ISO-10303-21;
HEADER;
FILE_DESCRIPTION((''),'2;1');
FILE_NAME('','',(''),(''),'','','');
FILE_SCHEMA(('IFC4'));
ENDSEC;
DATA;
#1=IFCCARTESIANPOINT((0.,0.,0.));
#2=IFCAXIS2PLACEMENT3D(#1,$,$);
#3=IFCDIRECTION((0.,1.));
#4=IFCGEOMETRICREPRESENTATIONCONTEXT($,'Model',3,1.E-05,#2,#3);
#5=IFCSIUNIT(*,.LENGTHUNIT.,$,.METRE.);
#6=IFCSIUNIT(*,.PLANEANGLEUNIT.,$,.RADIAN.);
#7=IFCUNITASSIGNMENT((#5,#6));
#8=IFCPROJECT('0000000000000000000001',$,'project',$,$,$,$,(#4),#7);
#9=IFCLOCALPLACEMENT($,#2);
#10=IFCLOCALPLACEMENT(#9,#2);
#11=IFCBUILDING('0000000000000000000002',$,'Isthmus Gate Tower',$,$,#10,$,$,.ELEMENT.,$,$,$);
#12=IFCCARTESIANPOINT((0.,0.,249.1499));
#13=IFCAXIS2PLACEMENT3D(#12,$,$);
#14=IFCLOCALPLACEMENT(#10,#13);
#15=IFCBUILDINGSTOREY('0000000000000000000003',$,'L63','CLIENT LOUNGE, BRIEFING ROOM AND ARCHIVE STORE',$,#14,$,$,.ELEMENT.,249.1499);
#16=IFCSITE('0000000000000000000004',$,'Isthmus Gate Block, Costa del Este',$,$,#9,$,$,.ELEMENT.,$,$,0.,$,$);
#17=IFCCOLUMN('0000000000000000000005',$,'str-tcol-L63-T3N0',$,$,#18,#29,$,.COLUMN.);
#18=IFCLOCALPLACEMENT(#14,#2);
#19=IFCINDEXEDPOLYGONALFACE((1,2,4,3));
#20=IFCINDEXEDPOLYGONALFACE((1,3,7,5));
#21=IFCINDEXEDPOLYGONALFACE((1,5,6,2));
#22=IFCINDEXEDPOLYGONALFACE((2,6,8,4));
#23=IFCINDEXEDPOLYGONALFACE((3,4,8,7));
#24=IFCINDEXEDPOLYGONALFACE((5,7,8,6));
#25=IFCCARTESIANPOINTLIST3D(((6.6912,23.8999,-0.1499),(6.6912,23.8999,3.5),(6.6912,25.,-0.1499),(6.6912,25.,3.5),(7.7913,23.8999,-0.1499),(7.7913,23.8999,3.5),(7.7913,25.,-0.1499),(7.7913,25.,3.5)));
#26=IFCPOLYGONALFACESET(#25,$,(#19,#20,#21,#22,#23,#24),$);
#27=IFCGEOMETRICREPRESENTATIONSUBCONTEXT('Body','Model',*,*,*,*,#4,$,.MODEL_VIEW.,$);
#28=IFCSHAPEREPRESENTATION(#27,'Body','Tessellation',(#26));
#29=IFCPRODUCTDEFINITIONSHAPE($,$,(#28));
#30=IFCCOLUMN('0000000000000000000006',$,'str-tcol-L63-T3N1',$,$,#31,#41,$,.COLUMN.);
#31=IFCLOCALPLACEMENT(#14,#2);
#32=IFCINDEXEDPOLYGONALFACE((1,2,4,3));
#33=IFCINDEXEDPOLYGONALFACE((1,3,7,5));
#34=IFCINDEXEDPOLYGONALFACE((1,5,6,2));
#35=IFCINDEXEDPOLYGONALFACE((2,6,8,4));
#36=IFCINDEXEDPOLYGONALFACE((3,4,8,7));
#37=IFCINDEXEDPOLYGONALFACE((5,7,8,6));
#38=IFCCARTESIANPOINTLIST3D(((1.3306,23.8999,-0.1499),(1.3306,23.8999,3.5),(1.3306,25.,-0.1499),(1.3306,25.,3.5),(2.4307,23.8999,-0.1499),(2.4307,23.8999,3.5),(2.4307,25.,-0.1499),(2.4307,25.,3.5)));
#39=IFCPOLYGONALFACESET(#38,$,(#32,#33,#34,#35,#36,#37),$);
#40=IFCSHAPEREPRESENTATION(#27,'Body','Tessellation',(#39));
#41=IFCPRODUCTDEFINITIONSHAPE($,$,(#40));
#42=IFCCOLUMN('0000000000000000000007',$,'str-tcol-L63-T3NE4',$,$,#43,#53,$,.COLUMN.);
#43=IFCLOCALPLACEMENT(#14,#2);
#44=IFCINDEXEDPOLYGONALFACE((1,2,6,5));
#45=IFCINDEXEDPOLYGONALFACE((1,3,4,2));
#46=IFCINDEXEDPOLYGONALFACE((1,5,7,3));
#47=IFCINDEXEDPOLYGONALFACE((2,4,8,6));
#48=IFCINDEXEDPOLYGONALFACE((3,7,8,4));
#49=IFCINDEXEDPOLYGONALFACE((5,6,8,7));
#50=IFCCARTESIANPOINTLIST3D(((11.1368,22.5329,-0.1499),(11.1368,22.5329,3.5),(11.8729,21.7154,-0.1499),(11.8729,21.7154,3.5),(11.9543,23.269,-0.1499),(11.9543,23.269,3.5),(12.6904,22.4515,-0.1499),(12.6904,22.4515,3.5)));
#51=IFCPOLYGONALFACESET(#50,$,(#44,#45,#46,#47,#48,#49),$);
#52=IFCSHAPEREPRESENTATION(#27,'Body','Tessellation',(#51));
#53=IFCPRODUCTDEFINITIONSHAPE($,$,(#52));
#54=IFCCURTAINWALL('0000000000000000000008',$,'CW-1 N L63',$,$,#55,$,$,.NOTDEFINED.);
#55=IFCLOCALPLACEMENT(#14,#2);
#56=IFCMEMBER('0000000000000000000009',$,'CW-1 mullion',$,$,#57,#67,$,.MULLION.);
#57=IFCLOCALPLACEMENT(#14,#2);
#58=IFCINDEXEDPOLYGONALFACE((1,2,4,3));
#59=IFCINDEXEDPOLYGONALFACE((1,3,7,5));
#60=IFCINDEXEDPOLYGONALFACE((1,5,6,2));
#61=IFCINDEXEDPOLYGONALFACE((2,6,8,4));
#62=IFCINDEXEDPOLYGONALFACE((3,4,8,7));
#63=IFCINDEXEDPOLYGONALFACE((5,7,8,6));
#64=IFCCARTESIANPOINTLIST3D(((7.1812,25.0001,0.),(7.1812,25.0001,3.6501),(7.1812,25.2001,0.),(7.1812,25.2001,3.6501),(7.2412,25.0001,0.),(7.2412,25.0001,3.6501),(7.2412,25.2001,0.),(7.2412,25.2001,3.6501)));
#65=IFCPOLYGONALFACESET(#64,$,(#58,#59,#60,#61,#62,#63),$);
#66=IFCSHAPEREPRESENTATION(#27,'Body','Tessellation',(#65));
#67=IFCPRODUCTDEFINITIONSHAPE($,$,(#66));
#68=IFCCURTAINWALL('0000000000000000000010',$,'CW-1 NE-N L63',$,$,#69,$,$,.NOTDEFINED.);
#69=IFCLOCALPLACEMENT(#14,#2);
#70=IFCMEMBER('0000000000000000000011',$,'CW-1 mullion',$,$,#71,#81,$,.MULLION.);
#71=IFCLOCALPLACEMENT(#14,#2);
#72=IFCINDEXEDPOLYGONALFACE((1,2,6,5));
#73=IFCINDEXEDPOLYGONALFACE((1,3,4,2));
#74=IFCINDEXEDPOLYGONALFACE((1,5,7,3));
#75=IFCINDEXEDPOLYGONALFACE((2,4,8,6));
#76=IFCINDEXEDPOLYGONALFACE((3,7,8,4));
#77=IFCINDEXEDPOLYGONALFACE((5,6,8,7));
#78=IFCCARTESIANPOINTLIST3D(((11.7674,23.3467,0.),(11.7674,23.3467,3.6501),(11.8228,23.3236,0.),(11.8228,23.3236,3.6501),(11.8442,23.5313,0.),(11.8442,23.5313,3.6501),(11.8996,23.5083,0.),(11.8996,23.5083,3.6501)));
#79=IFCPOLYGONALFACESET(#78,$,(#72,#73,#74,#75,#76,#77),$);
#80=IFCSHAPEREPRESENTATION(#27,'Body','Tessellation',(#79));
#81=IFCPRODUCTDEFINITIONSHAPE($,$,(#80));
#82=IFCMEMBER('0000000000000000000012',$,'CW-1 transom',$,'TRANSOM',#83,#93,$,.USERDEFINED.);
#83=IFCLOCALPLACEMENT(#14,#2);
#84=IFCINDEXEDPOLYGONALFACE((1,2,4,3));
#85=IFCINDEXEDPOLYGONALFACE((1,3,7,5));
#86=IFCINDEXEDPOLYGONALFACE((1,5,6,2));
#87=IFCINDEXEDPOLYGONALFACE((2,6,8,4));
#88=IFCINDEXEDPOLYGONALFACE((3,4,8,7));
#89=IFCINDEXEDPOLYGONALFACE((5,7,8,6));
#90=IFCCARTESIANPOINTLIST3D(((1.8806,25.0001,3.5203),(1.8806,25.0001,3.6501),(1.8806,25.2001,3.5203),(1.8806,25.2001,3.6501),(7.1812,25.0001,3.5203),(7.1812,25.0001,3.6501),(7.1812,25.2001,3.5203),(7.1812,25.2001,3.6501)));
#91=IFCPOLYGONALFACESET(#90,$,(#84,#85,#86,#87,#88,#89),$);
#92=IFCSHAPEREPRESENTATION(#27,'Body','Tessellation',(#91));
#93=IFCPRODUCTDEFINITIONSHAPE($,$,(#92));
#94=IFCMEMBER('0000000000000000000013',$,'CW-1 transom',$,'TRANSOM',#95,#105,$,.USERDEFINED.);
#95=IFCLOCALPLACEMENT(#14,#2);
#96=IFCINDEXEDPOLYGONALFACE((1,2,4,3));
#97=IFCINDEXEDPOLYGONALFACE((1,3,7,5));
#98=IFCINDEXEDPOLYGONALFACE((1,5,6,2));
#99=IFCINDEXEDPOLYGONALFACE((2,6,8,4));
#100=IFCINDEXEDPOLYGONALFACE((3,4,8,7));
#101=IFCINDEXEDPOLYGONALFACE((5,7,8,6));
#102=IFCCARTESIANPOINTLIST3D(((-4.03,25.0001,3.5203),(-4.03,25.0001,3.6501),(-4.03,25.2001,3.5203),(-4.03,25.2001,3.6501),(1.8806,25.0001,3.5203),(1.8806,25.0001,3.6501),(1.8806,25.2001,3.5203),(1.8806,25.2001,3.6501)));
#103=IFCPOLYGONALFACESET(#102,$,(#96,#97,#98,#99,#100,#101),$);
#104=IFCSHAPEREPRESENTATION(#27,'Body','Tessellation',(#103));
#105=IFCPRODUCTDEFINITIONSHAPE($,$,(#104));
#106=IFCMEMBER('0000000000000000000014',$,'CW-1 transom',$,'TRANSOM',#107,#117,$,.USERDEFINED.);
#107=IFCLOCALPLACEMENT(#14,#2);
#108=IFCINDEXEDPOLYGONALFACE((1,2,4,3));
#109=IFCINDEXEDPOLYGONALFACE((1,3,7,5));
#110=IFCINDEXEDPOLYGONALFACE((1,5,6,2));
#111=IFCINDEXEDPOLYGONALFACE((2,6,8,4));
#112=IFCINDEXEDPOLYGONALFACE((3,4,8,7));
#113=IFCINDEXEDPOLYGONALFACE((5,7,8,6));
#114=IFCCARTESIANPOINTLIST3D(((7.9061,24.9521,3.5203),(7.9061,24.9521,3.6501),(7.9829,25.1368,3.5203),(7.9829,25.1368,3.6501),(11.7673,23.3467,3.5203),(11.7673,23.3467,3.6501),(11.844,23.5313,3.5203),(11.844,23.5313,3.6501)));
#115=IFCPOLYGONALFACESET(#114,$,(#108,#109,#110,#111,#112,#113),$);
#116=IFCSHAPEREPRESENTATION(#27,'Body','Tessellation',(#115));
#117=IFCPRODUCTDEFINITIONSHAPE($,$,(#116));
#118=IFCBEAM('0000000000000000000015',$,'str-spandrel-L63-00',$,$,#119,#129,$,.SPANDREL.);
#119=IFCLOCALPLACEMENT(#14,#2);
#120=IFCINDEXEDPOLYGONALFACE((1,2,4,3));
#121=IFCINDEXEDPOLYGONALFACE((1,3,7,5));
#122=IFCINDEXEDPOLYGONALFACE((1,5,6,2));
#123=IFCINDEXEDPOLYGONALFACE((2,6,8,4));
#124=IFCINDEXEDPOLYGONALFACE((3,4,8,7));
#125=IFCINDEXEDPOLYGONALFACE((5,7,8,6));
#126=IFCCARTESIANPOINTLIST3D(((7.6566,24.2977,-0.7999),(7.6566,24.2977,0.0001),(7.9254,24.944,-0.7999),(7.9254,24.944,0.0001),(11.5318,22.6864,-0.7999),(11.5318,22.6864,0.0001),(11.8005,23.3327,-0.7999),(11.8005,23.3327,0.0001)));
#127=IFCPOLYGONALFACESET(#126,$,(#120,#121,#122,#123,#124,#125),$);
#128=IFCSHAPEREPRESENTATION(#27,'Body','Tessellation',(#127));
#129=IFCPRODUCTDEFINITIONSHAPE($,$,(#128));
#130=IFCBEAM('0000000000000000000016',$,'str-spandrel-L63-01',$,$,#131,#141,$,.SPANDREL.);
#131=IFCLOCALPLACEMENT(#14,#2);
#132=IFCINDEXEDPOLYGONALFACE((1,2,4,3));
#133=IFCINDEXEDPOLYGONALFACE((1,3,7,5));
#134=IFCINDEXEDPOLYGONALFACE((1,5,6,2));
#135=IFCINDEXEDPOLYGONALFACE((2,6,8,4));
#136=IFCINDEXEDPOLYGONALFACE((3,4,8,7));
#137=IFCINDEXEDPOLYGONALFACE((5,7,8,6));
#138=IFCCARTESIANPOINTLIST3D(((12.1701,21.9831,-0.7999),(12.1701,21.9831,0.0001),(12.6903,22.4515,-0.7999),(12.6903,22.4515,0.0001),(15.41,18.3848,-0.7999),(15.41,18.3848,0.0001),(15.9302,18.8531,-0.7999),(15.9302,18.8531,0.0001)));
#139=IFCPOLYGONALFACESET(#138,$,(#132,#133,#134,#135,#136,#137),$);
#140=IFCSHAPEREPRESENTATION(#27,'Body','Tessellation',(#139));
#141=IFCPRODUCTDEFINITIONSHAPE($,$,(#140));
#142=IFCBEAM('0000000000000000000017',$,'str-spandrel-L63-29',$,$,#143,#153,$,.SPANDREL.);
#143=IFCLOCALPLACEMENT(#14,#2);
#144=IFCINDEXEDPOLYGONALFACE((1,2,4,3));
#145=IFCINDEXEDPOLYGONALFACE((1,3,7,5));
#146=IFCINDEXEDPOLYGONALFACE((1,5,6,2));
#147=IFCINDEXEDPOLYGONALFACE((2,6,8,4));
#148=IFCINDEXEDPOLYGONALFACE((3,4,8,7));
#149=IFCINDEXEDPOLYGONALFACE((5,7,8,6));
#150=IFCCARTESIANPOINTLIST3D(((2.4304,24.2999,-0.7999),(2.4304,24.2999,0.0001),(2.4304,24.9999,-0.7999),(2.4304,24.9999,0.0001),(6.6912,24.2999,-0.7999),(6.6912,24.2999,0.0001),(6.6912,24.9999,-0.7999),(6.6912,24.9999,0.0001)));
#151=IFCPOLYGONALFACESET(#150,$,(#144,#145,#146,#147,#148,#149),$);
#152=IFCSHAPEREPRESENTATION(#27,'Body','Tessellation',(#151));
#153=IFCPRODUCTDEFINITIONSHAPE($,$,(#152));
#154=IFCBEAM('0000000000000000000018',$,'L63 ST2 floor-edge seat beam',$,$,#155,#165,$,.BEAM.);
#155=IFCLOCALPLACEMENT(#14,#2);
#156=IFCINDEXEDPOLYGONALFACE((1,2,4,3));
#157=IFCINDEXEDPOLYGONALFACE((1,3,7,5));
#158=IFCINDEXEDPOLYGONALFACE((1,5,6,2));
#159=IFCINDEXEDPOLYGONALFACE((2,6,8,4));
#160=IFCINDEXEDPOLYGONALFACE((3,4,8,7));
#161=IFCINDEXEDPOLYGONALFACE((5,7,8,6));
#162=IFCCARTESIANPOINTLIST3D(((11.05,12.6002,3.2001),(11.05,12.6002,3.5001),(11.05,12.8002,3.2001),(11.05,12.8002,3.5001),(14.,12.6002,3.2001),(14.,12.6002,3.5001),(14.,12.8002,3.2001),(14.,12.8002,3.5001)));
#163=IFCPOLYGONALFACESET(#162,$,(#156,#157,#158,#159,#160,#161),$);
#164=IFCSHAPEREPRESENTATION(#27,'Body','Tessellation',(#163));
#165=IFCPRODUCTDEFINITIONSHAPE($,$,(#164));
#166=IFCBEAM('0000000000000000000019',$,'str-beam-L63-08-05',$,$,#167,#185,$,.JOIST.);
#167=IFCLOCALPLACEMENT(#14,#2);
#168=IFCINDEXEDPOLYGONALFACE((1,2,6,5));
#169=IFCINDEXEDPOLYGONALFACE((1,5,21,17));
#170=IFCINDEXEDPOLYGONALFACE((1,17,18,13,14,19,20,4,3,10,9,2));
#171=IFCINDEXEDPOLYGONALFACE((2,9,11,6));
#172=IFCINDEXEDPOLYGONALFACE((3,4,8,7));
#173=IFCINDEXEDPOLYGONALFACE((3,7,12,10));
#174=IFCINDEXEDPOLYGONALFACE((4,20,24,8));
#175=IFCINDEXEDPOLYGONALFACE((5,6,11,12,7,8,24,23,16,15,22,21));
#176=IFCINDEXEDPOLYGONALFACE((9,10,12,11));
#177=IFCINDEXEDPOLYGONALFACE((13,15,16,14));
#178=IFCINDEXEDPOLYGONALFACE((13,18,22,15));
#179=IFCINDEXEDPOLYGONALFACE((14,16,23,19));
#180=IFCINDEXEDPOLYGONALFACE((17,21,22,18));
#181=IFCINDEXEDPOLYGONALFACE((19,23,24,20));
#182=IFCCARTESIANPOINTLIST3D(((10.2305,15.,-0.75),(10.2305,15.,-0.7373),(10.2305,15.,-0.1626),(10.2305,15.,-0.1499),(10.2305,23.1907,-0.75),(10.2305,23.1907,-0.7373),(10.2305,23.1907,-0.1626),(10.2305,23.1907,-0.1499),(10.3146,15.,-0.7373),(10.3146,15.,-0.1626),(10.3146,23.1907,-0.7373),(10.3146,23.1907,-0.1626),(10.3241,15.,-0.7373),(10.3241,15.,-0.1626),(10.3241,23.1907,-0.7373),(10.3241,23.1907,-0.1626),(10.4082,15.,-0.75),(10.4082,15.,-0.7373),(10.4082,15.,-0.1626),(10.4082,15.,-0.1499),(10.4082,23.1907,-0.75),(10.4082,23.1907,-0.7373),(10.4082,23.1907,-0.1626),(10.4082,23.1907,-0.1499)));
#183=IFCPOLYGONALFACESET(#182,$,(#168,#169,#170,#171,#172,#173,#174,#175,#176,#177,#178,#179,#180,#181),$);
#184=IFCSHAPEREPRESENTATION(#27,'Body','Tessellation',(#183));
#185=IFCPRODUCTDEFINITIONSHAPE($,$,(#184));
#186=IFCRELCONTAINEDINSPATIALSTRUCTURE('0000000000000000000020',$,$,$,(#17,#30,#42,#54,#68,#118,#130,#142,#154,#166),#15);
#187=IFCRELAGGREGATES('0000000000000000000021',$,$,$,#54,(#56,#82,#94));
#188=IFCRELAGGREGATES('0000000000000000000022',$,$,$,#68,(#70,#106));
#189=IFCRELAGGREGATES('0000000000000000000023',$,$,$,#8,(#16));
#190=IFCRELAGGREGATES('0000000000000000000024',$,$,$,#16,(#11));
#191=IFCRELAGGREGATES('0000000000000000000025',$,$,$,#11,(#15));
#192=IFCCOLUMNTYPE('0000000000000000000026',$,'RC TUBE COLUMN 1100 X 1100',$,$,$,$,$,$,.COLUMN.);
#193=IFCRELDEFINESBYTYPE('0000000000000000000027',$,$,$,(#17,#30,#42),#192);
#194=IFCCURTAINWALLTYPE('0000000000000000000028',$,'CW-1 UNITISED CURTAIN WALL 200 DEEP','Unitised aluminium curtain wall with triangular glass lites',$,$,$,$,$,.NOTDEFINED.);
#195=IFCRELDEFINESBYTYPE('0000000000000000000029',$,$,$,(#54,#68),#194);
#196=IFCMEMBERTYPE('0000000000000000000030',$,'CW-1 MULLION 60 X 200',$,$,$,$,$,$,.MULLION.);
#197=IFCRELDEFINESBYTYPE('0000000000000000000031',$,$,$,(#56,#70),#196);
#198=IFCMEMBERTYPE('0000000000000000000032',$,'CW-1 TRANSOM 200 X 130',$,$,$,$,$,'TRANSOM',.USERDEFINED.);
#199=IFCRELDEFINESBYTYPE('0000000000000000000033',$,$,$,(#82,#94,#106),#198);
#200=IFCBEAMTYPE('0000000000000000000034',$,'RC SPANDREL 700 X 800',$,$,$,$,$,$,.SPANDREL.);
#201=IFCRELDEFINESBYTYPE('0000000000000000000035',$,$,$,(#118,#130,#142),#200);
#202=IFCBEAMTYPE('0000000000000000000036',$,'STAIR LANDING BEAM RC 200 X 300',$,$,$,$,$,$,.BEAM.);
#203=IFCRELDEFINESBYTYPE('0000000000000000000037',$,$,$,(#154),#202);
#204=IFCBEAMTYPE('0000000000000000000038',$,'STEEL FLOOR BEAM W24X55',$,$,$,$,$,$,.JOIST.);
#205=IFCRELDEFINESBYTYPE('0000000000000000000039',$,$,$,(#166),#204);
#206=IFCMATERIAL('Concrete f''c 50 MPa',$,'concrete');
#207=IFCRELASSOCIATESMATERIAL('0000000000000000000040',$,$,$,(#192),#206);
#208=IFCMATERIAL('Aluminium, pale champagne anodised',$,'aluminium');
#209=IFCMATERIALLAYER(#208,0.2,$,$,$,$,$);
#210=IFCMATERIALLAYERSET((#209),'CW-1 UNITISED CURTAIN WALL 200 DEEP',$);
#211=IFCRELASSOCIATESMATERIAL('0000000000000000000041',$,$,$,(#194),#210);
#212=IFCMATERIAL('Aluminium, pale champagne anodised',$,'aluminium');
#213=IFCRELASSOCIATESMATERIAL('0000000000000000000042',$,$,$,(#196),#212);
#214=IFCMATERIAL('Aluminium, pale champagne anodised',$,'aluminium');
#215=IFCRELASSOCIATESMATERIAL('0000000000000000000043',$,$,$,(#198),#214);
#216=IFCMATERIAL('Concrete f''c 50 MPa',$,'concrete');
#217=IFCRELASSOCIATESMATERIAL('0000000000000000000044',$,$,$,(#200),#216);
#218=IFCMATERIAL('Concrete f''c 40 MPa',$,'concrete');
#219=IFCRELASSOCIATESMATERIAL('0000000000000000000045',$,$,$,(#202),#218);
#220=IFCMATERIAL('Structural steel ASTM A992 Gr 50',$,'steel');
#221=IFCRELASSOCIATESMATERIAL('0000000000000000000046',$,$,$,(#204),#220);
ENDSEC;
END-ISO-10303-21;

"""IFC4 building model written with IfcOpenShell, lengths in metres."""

from ifc_helpers import new_model, si_unit, direction, frame, origin, origin_2d, place, context, subcontext, project, spatial, rectangle, i_section, extrude, material, layer, layer_set, material_profile, profile_set, type_object, element, aggregate, save


model = new_model("IFC4")

# Units and contexts
model_context = context("Model", 3, precision=1e-05, world=origin(), true_north=direction((0.0, 1.0)))
body_context = subcontext(model_context, "Body", "Model", "MODEL_VIEW")
ifc_project = project(units=[si_unit("LENGTHUNIT", "METRE"), si_unit("PLANEANGLEUNIT", "RADIAN")], contexts=[model_context])

# Site, building, storey
site_placement = place(None, origin())
site = spatial("IfcSite", under=ifc_project, at=site_placement, Name="Isthmus Gate Block, Costa del Este", CompositionType="ELEMENT", RefElevation=0.0)
building_placement = place(site_placement, origin())
building = spatial("IfcBuilding", under=site, at=building_placement, Name="Isthmus Gate Tower", CompositionType="ELEMENT")
storey_placement = place(building_placement, frame((0.0, 0.0, 249.1499)))
storey = spatial("IfcBuildingStorey", under=building, at=storey_placement, Name="L63", Description="CLIENT LOUNGE, BRIEFING ROOM AND ARCHIVE STORE", CompositionType="ELEMENT", Elevation=249.1499)

# Columns
ifc_material_1 = material(Name="Concrete f'c 50 MPa", Category="concrete")
ifc_material_profile_1 = material_profile(ifc_material_1, rectangle(XDim=1.1001, YDim=1.1001, at=origin_2d()), Name="RC 1100X1100")
ifc_profile_set_1 = profile_set([ifc_material_profile_1], Name="Concrete f'c 50 MPa")
column_type = type_object("IfcColumnType", Name="RC TUBE COLUMN 1100 X 1100", PredefinedType="COLUMN", material=ifc_profile_set_1)
for number, where, z_axis, x_axis, name in (
    (1, (7.2412, 24.45, -0.1499), (0.0, 0.0, 1.0), (-1.0, 0.0, 0.0), "str-tcol-L63-T3N0"),
    (2, (1.8806, 24.45, -0.1499), (0.0, 0.0, 1.0), (-1.0, 0.0, 0.0), "str-tcol-L63-T3N1"),
    (3, (11.9136, 22.4922, -0.1499), (0.0, 0.0, 1.0), (-0.669131, 0.743145, 0.0), "str-tcol-L63-T3NE4"),
):
    element("IfcColumn", number, at=place(storey_placement, frame(where, z_axis=z_axis, x_axis=x_axis)), inside=storey, type_object=column_type, Name=name, PredefinedType="COLUMN", context=body_context, shape_type="SweptSolid", body=[
        extrude(rectangle(XDim=1.1001, YDim=1.1001, at=origin_2d()), origin(), (0.0, 0.0, 1.0), 3.6499),
    ])

# Curtain walls, members
ifc_material_2 = material(Name="Aluminium, pale champagne anodised", Category="aluminium")
ifc_layer_1 = layer(ifc_material_2, 0.2)
ifc_layer_set_1 = layer_set([ifc_layer_1], Name="CW-1 UNITISED CURTAIN WALL 200 DEEP")
curtain_wall_type = type_object("IfcCurtainWallType", Name="CW-1 UNITISED CURTAIN WALL 200 DEEP", Description="Unitised aluminium curtain wall with triangular glass lites", PredefinedType="NOTDEFINED", material=ifc_layer_set_1)
curtain_wall_1_placement = place(storey_placement, origin())
curtain_wall_1 = element("IfcCurtainWall", 4, at=curtain_wall_1_placement, inside=storey, type_object=curtain_wall_type, Name="CW-1 N L63", PredefinedType="NOTDEFINED")
ifc_material_3 = material(Name="Aluminium, pale champagne anodised", Category="aluminium")
ifc_material_profile_2 = material_profile(ifc_material_3, rectangle(XDim=0.0601, YDim=0.2, at=origin_2d()), Name="60x200")
ifc_profile_set_2 = profile_set([ifc_material_profile_2], Name="Aluminium, pale champagne anodised")
member_type_1 = type_object("IfcMemberType", Name="CW-1 MULLION 60 X 200", PredefinedType="MULLION", material=ifc_profile_set_2)
member_1_placement = place(storey_placement, frame((7.2112, 25.1001, 0.0), z_axis=(0.0, 0.0, 1.0), x_axis=(-1.0, 0.0, 0.0)))
member_1 = element("IfcMember", 5, at=member_1_placement, type_object=member_type_1, Name="CW-1 mullion", PredefinedType="MULLION", context=body_context, shape_type="SweptSolid", body=[
    extrude(rectangle(XDim=0.0601, YDim=0.2, at=origin_2d()), origin(), (0.0, 0.0, 1.0), 3.6501),
])
curtain_wall_2_placement = place(storey_placement, origin())
curtain_wall_2 = element("IfcCurtainWall", 6, at=curtain_wall_2_placement, inside=storey, type_object=curtain_wall_type, Name="CW-1 NE-N L63", PredefinedType="NOTDEFINED")
member_2_placement = place(storey_placement, frame((11.8335, 23.4275, 0.0), z_axis=(0.0, 0.0, 1.0), x_axis=(-0.923353, 0.383952, 0.0)))
member_2 = element("IfcMember", 7, at=member_2_placement, type_object=member_type_1, Name="CW-1 mullion", PredefinedType="MULLION", context=body_context, shape_type="SweptSolid", body=[
    extrude(rectangle(XDim=0.0601, YDim=0.2, at=origin_2d()), origin(), (0.0, 0.0, 1.0), 3.6501),
])

# Members
ifc_material_4 = material(Name="Aluminium, pale champagne anodised", Category="aluminium")
ifc_material_profile_3 = material_profile(ifc_material_4, rectangle(XDim=0.2, YDim=0.1299, at=origin_2d()), Name="200x130")
ifc_profile_set_3 = profile_set([ifc_material_profile_3], Name="Aluminium, pale champagne anodised")
member_type_2 = type_object("IfcMemberType", Name="CW-1 TRANSOM 200 X 130", ElementType="TRANSOM", PredefinedType="USERDEFINED", material=ifc_profile_set_3)
member_3_placement = place(storey_placement, frame((7.1812, 25.1001, 3.5852), z_axis=(-1.0, 0.0, 0.0), x_axis=(0.0, -1.0, 0.0)))
member_3 = element("IfcMember", 8, at=member_3_placement, type_object=member_type_2, Name="CW-1 transom", ObjectType="TRANSOM", PredefinedType="USERDEFINED", context=body_context, shape_type="SweptSolid", body=[
    extrude(rectangle(XDim=0.2, YDim=0.1299, at=origin_2d()), origin(), (0.0, 0.0, 1.0), 5.3005),
])
member_4_placement = place(storey_placement, frame((1.8806, 25.1001, 3.5852), z_axis=(-1.0, 0.0, 0.0), x_axis=(0.0, -1.0, 0.0)))
member_4 = element("IfcMember", 9, at=member_4_placement, type_object=member_type_2, Name="CW-1 transom", ObjectType="TRANSOM", PredefinedType="USERDEFINED", context=body_context, shape_type="SweptSolid", body=[
    extrude(rectangle(XDim=0.2, YDim=0.1299, at=origin_2d()), origin(), (0.0, 0.0, 1.0), 5.9106),
])
member_5_placement = place(storey_placement, frame((11.8057, 23.439, 3.5852), z_axis=(-0.923358, 0.38394, 0.0), x_axis=(-0.38394, -0.923358, 0.0)))
member_5 = element("IfcMember", 10, at=member_5_placement, type_object=member_type_2, Name="CW-1 transom", ObjectType="TRANSOM", PredefinedType="USERDEFINED", context=body_context, shape_type="SweptSolid", body=[
    extrude(rectangle(XDim=0.2, YDim=0.1299, at=origin_2d()), origin(), (0.0, 0.0, 1.0), 4.1816),
])

# Beams
ifc_material_5 = material(Name="Concrete f'c 50 MPa", Category="concrete")
ifc_material_profile_4 = material_profile(ifc_material_5, rectangle(XDim=0.7, YDim=0.8, at=origin_2d()), Name="RC 700X800")
ifc_profile_set_4 = profile_set([ifc_material_profile_4], Name="Concrete f'c 50 MPa")
beam_type_1 = type_object("IfcBeamType", Name="RC SPANDREL 700 X 800", PredefinedType="SPANDREL", material=ifc_profile_set_4)
beam_1_placement = place(storey_placement, frame((7.791, 24.6208, -0.3999), z_axis=(0.923361, -0.383934, 0.0), x_axis=(0.383934, 0.923361, 0.0)))
element("IfcBeam", 11, at=beam_1_placement, inside=storey, type_object=beam_type_1, Name="str-spandrel-L63-00", PredefinedType="SPANDREL", context=body_context, shape_type="SweptSolid", body=[
    extrude(rectangle(XDim=0.7, YDim=0.8, at=origin_2d()), origin(), (0.0, 0.0, 1.0), 4.1968),
])
beam_2_placement = place(storey_placement, frame((12.4302, 22.2173, -0.3999), z_axis=(0.669129, -0.743146, 0.0), x_axis=(0.743146, 0.669129, 0.0)))
element("IfcBeam", 12, at=beam_2_placement, inside=storey, type_object=beam_type_1, Name="str-spandrel-L63-01", PredefinedType="SPANDREL", context=body_context, shape_type="SweptSolid", body=[
    extrude(rectangle(XDim=0.7, YDim=0.8, at=origin_2d()), origin(), (0.0, 0.0, 1.0), 4.842),
])
beam_3_placement = place(storey_placement, frame((2.4304, 24.6499, -0.3999), z_axis=(1.0, 0.0, 0.0), x_axis=(0.0, 1.0, 0.0)))
element("IfcBeam", 13, at=beam_3_placement, inside=storey, type_object=beam_type_1, Name="str-spandrel-L63-29", PredefinedType="SPANDREL", context=body_context, shape_type="SweptSolid", body=[
    extrude(rectangle(XDim=0.7, YDim=0.8, at=origin_2d()), origin(), (0.0, 0.0, 1.0), 4.2607),
])
ifc_material_6 = material(Name="Concrete f'c 40 MPa", Category="concrete")
ifc_material_profile_5 = material_profile(ifc_material_6, rectangle(XDim=0.2, YDim=0.3, at=origin_2d()), Name="STAIR LANDING BEAM RC 200 X 300")
ifc_profile_set_5 = profile_set([ifc_material_profile_5], Name="Concrete f'c 40 MPa")
beam_type_2 = type_object("IfcBeamType", Name="STAIR LANDING BEAM RC 200 X 300", PredefinedType="BEAM", material=ifc_profile_set_5)
beam_4_placement = place(storey_placement, frame((11.05, 12.7002, 3.3501), z_axis=(1.0, 0.0, 0.0), x_axis=(0.0, 1.0, 0.0)))
element("IfcBeam", 14, at=beam_4_placement, inside=storey, type_object=beam_type_2, Name="L63 ST2 floor-edge seat beam", PredefinedType="BEAM", context=body_context, shape_type="SweptSolid", body=[
    extrude(rectangle(XDim=0.2, YDim=0.3, at=origin_2d()), origin(), (0.0, 0.0, 1.0), 2.95),
])
ifc_material_7 = material(Name="Structural steel ASTM A992 Gr 50", Category="steel")
ifc_material_profile_6 = material_profile(ifc_material_7, i_section(OverallWidth=0.1777, OverallDepth=0.6001, WebThickness=0.0095, FlangeThickness=0.0127, at=origin_2d()), Name="W24X55")
ifc_profile_set_6 = profile_set([ifc_material_profile_6], Name="Structural steel ASTM A992 Gr 50")
beam_type_3 = type_object("IfcBeamType", Name="STEEL FLOOR BEAM W24X55", PredefinedType="JOIST", material=ifc_profile_set_6)
beam_5_placement = place(storey_placement, frame((10.3193, 15.0, -0.45), z_axis=(0.0, 1.0, 0.0), x_axis=(-1.0, 0.0, 0.0)))
element("IfcBeam", 15, at=beam_5_placement, inside=storey, type_object=beam_type_3, Name="str-beam-L63-08-05", PredefinedType="JOIST", context=body_context, shape_type="SweptSolid", body=[
    extrude(i_section(OverallWidth=0.1777, OverallDepth=0.6001, WebThickness=0.0095, FlangeThickness=0.0127, at=origin_2d()), origin(), (0.0, 0.0, 1.0), 8.1907),
])

aggregate(curtain_wall_1, [member_1, member_3, member_4])
aggregate(curtain_wall_2, [member_2, member_5])

save(model, "model.ifc")
